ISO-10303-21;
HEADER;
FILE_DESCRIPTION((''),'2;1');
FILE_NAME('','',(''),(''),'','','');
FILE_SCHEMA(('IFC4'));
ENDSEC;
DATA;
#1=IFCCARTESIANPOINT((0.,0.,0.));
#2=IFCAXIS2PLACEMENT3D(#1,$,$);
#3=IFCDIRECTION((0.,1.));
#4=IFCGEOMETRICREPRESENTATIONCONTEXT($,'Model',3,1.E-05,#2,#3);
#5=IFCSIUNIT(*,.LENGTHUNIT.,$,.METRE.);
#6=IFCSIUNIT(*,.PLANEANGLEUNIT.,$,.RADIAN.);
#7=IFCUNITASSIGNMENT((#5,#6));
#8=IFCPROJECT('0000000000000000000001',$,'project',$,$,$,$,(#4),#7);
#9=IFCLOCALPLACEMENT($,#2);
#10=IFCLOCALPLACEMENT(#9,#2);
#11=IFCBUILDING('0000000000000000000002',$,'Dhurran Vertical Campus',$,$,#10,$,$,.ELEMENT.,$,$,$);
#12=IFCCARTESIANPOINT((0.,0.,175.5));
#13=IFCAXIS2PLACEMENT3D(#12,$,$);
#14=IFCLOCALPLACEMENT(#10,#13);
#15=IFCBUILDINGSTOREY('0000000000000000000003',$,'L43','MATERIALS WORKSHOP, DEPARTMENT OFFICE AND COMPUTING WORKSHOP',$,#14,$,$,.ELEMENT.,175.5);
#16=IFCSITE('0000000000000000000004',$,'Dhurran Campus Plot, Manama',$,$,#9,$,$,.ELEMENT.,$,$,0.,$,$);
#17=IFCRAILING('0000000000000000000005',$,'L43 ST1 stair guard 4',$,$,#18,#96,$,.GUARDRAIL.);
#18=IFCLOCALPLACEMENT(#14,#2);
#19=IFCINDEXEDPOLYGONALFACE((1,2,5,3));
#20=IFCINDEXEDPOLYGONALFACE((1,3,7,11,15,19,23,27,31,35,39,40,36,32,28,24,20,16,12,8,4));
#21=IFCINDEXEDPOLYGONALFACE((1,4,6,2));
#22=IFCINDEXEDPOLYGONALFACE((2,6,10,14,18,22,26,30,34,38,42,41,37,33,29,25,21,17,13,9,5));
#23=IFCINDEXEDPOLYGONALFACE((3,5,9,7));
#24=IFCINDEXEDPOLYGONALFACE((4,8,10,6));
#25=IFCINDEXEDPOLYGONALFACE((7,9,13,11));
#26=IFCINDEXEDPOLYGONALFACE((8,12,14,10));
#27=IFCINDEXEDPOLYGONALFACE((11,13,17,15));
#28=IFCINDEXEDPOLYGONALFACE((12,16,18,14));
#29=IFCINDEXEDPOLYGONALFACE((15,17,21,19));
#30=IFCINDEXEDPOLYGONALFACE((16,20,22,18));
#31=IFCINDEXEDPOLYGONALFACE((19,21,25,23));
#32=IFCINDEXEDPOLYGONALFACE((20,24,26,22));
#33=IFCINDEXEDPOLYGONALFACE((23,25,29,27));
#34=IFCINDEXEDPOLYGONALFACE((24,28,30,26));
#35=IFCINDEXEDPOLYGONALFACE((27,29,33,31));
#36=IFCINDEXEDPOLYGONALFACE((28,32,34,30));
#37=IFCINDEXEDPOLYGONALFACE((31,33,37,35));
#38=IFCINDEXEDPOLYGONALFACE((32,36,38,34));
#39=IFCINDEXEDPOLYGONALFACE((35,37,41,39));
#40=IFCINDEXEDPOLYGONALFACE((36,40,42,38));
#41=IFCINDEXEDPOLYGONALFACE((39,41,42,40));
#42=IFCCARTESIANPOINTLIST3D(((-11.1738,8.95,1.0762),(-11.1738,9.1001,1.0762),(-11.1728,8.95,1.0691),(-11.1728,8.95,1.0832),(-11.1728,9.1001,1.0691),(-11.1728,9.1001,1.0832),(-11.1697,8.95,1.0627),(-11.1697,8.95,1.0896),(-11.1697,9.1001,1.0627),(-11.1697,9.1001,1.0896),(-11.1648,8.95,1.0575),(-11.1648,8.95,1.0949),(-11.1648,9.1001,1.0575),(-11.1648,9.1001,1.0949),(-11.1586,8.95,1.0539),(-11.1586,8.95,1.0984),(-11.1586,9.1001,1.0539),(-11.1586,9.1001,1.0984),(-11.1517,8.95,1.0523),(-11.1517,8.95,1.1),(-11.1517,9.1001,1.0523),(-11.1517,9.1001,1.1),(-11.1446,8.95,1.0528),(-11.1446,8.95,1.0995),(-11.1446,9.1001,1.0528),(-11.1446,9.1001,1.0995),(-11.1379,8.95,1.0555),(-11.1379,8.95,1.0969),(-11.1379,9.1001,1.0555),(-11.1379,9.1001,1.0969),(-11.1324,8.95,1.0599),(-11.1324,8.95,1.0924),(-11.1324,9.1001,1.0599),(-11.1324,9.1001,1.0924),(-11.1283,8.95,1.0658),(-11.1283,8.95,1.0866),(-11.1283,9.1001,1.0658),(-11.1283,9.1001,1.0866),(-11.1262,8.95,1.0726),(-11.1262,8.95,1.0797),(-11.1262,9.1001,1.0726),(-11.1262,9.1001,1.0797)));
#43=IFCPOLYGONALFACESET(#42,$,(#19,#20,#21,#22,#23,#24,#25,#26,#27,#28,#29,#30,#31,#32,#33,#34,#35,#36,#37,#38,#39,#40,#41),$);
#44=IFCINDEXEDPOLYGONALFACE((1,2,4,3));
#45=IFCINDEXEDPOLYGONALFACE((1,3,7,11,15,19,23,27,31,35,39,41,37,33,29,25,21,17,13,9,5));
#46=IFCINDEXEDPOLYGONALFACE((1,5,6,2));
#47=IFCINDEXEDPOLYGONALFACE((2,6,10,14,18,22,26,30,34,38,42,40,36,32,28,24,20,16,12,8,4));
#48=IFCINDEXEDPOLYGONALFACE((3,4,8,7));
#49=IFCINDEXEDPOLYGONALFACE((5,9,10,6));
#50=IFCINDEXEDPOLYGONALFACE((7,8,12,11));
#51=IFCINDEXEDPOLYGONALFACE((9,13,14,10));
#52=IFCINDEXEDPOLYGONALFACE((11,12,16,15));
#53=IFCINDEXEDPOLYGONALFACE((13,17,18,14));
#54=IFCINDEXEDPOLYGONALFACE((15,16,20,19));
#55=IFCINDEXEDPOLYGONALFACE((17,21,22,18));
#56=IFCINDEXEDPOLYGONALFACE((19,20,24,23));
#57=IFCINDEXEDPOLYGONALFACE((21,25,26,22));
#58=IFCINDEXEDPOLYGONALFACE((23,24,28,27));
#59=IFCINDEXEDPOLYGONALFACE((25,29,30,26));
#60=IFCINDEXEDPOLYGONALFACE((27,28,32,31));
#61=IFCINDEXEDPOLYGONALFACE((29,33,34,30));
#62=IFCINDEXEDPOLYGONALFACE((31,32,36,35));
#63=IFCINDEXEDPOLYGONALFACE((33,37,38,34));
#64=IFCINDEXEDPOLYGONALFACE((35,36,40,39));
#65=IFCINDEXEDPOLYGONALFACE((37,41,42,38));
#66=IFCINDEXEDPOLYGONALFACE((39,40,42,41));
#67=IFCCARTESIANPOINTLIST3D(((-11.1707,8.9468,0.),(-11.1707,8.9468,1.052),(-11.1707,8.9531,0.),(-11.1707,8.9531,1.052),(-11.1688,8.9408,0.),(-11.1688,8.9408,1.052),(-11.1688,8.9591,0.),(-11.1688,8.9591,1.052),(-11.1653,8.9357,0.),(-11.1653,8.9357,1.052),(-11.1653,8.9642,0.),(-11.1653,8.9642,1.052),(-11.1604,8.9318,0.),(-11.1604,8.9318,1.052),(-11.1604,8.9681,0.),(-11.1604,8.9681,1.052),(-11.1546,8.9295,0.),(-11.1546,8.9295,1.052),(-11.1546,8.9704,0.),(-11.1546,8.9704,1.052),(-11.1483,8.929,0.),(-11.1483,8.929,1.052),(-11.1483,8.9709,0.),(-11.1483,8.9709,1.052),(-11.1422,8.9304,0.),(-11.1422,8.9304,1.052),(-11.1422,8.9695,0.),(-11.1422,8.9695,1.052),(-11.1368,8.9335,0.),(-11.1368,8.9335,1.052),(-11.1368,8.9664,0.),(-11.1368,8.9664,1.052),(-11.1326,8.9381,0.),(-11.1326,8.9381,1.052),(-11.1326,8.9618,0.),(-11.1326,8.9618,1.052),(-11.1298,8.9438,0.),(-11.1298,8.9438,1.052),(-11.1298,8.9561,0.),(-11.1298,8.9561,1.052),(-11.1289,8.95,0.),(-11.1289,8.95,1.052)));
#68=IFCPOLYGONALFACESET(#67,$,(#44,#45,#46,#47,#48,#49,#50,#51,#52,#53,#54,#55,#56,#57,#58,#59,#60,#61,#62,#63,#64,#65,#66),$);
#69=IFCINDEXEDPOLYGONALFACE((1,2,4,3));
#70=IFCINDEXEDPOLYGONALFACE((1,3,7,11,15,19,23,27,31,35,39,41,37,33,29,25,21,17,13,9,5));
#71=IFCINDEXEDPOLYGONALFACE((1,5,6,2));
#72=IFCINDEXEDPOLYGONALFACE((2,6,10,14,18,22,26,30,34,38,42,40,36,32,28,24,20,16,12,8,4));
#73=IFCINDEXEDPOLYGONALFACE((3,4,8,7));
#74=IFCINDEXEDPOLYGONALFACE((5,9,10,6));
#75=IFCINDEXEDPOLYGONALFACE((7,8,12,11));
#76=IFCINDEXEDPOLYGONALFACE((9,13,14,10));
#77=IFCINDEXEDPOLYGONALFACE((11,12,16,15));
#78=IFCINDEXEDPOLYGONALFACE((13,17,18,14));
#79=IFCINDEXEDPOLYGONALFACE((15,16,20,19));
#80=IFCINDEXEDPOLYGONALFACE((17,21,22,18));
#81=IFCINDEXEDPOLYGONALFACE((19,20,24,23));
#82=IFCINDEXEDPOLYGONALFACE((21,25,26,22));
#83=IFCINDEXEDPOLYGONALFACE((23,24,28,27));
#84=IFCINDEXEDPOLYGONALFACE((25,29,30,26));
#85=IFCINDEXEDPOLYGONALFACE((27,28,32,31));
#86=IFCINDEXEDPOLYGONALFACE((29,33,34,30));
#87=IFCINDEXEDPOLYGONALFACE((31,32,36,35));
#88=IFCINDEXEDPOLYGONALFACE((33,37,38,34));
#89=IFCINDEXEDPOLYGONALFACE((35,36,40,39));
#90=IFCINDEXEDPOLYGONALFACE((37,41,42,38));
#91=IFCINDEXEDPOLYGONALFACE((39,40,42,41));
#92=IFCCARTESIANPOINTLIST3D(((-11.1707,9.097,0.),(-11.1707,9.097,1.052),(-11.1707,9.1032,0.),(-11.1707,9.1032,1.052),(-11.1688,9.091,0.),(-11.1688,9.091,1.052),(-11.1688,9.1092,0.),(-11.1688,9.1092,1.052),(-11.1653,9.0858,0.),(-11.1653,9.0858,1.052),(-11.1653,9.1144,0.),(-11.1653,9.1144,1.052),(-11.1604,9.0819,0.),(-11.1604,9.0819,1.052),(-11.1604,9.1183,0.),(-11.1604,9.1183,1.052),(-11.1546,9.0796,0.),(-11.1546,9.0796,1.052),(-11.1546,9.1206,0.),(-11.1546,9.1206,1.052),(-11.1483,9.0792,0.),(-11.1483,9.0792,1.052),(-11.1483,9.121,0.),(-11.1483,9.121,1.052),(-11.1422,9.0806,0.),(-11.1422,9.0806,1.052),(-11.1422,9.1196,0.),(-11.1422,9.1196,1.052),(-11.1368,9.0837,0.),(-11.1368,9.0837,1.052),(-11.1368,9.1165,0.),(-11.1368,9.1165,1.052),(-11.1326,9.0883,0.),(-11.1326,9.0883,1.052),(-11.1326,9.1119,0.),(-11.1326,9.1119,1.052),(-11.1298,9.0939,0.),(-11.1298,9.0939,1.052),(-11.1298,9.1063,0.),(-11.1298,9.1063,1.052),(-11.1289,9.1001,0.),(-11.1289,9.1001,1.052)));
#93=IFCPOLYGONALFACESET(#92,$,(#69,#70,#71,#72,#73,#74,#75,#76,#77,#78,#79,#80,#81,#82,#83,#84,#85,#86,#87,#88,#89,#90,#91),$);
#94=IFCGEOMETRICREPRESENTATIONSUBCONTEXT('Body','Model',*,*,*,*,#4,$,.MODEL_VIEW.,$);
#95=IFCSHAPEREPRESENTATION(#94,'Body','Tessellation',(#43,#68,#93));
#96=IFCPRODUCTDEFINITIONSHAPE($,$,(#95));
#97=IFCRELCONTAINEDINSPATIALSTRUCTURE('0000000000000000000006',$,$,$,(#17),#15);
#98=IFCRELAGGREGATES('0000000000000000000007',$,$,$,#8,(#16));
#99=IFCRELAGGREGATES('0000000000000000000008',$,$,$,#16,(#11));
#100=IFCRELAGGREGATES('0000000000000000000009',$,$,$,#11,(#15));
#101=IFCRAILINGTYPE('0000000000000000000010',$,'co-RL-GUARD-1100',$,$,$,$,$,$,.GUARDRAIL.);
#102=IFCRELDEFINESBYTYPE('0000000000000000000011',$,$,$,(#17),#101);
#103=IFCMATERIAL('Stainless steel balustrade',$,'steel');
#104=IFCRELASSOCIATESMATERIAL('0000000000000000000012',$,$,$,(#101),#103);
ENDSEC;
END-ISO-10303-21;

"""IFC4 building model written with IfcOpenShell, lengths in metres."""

from ifc_helpers import new_model, si_unit, direction, frame, origin, origin_2d, place, context, subcontext, project, spatial, circle, extrude, material, type_object, element, save


model = new_model("IFC4")

# Units and contexts
model_context = context("Model", 3, precision=1e-05, world=origin(), true_north=direction((0.0, 1.0)))
body_context = subcontext(model_context, "Body", "Model", "MODEL_VIEW")
ifc_project = project(units=[si_unit("LENGTHUNIT", "METRE"), si_unit("PLANEANGLEUNIT", "RADIAN")], contexts=[model_context])

# Site, building, storey
site_placement = place(None, origin())
site = spatial("IfcSite", under=ifc_project, at=site_placement, Name="Dhurran Campus Plot, Manama", CompositionType="ELEMENT", RefElevation=0.0)
building_placement = place(site_placement, origin())
building = spatial("IfcBuilding", under=site, at=building_placement, Name="Dhurran Vertical Campus", CompositionType="ELEMENT")
storey_placement = place(building_placement, frame((0.0, 0.0, 175.5)))
storey = spatial("IfcBuildingStorey", under=building, at=storey_placement, Name="L43", Description="MATERIALS WORKSHOP, DEPARTMENT OFFICE AND COMPUTING WORKSHOP", CompositionType="ELEMENT", Elevation=175.5)

# Railing
ifc_material_1 = material(Name="Stainless steel balustrade", Category="steel")
railing_type_1 = type_object("IfcRailingType", Name="co-RL-GUARD-1100", PredefinedType="GUARDRAIL", material=ifc_material_1)
railing_1_placement = place(storey_placement, frame((-11.1499, 8.95, 0.0)))
element("IfcRailing", 1, at=railing_1_placement, inside=storey, type_object=railing_type_1, Name="L43 ST1 stair guard 4", PredefinedType="GUARDRAIL", context=body_context, shape_type="SweptSolid", body=[
    extrude(circle(Radius=0.0239, at=origin_2d()), frame((0.0, 0.0, 1.0762), z_axis=(0.0, 1.0, 0.0), x_axis=(-1.0, 0.0, 0.0)), (0.0, 0.0, 1.0), 0.1501),
    extrude(circle(Radius=0.021, at=origin_2d()), origin(), (0.0, 0.0, 1.0), 1.052),
    extrude(circle(Radius=0.021, at=origin_2d()), frame((0.0, 0.1501, 0.0)), (0.0, 0.0, 1.0), 1.052),
])

save(model, "model.ifc")
